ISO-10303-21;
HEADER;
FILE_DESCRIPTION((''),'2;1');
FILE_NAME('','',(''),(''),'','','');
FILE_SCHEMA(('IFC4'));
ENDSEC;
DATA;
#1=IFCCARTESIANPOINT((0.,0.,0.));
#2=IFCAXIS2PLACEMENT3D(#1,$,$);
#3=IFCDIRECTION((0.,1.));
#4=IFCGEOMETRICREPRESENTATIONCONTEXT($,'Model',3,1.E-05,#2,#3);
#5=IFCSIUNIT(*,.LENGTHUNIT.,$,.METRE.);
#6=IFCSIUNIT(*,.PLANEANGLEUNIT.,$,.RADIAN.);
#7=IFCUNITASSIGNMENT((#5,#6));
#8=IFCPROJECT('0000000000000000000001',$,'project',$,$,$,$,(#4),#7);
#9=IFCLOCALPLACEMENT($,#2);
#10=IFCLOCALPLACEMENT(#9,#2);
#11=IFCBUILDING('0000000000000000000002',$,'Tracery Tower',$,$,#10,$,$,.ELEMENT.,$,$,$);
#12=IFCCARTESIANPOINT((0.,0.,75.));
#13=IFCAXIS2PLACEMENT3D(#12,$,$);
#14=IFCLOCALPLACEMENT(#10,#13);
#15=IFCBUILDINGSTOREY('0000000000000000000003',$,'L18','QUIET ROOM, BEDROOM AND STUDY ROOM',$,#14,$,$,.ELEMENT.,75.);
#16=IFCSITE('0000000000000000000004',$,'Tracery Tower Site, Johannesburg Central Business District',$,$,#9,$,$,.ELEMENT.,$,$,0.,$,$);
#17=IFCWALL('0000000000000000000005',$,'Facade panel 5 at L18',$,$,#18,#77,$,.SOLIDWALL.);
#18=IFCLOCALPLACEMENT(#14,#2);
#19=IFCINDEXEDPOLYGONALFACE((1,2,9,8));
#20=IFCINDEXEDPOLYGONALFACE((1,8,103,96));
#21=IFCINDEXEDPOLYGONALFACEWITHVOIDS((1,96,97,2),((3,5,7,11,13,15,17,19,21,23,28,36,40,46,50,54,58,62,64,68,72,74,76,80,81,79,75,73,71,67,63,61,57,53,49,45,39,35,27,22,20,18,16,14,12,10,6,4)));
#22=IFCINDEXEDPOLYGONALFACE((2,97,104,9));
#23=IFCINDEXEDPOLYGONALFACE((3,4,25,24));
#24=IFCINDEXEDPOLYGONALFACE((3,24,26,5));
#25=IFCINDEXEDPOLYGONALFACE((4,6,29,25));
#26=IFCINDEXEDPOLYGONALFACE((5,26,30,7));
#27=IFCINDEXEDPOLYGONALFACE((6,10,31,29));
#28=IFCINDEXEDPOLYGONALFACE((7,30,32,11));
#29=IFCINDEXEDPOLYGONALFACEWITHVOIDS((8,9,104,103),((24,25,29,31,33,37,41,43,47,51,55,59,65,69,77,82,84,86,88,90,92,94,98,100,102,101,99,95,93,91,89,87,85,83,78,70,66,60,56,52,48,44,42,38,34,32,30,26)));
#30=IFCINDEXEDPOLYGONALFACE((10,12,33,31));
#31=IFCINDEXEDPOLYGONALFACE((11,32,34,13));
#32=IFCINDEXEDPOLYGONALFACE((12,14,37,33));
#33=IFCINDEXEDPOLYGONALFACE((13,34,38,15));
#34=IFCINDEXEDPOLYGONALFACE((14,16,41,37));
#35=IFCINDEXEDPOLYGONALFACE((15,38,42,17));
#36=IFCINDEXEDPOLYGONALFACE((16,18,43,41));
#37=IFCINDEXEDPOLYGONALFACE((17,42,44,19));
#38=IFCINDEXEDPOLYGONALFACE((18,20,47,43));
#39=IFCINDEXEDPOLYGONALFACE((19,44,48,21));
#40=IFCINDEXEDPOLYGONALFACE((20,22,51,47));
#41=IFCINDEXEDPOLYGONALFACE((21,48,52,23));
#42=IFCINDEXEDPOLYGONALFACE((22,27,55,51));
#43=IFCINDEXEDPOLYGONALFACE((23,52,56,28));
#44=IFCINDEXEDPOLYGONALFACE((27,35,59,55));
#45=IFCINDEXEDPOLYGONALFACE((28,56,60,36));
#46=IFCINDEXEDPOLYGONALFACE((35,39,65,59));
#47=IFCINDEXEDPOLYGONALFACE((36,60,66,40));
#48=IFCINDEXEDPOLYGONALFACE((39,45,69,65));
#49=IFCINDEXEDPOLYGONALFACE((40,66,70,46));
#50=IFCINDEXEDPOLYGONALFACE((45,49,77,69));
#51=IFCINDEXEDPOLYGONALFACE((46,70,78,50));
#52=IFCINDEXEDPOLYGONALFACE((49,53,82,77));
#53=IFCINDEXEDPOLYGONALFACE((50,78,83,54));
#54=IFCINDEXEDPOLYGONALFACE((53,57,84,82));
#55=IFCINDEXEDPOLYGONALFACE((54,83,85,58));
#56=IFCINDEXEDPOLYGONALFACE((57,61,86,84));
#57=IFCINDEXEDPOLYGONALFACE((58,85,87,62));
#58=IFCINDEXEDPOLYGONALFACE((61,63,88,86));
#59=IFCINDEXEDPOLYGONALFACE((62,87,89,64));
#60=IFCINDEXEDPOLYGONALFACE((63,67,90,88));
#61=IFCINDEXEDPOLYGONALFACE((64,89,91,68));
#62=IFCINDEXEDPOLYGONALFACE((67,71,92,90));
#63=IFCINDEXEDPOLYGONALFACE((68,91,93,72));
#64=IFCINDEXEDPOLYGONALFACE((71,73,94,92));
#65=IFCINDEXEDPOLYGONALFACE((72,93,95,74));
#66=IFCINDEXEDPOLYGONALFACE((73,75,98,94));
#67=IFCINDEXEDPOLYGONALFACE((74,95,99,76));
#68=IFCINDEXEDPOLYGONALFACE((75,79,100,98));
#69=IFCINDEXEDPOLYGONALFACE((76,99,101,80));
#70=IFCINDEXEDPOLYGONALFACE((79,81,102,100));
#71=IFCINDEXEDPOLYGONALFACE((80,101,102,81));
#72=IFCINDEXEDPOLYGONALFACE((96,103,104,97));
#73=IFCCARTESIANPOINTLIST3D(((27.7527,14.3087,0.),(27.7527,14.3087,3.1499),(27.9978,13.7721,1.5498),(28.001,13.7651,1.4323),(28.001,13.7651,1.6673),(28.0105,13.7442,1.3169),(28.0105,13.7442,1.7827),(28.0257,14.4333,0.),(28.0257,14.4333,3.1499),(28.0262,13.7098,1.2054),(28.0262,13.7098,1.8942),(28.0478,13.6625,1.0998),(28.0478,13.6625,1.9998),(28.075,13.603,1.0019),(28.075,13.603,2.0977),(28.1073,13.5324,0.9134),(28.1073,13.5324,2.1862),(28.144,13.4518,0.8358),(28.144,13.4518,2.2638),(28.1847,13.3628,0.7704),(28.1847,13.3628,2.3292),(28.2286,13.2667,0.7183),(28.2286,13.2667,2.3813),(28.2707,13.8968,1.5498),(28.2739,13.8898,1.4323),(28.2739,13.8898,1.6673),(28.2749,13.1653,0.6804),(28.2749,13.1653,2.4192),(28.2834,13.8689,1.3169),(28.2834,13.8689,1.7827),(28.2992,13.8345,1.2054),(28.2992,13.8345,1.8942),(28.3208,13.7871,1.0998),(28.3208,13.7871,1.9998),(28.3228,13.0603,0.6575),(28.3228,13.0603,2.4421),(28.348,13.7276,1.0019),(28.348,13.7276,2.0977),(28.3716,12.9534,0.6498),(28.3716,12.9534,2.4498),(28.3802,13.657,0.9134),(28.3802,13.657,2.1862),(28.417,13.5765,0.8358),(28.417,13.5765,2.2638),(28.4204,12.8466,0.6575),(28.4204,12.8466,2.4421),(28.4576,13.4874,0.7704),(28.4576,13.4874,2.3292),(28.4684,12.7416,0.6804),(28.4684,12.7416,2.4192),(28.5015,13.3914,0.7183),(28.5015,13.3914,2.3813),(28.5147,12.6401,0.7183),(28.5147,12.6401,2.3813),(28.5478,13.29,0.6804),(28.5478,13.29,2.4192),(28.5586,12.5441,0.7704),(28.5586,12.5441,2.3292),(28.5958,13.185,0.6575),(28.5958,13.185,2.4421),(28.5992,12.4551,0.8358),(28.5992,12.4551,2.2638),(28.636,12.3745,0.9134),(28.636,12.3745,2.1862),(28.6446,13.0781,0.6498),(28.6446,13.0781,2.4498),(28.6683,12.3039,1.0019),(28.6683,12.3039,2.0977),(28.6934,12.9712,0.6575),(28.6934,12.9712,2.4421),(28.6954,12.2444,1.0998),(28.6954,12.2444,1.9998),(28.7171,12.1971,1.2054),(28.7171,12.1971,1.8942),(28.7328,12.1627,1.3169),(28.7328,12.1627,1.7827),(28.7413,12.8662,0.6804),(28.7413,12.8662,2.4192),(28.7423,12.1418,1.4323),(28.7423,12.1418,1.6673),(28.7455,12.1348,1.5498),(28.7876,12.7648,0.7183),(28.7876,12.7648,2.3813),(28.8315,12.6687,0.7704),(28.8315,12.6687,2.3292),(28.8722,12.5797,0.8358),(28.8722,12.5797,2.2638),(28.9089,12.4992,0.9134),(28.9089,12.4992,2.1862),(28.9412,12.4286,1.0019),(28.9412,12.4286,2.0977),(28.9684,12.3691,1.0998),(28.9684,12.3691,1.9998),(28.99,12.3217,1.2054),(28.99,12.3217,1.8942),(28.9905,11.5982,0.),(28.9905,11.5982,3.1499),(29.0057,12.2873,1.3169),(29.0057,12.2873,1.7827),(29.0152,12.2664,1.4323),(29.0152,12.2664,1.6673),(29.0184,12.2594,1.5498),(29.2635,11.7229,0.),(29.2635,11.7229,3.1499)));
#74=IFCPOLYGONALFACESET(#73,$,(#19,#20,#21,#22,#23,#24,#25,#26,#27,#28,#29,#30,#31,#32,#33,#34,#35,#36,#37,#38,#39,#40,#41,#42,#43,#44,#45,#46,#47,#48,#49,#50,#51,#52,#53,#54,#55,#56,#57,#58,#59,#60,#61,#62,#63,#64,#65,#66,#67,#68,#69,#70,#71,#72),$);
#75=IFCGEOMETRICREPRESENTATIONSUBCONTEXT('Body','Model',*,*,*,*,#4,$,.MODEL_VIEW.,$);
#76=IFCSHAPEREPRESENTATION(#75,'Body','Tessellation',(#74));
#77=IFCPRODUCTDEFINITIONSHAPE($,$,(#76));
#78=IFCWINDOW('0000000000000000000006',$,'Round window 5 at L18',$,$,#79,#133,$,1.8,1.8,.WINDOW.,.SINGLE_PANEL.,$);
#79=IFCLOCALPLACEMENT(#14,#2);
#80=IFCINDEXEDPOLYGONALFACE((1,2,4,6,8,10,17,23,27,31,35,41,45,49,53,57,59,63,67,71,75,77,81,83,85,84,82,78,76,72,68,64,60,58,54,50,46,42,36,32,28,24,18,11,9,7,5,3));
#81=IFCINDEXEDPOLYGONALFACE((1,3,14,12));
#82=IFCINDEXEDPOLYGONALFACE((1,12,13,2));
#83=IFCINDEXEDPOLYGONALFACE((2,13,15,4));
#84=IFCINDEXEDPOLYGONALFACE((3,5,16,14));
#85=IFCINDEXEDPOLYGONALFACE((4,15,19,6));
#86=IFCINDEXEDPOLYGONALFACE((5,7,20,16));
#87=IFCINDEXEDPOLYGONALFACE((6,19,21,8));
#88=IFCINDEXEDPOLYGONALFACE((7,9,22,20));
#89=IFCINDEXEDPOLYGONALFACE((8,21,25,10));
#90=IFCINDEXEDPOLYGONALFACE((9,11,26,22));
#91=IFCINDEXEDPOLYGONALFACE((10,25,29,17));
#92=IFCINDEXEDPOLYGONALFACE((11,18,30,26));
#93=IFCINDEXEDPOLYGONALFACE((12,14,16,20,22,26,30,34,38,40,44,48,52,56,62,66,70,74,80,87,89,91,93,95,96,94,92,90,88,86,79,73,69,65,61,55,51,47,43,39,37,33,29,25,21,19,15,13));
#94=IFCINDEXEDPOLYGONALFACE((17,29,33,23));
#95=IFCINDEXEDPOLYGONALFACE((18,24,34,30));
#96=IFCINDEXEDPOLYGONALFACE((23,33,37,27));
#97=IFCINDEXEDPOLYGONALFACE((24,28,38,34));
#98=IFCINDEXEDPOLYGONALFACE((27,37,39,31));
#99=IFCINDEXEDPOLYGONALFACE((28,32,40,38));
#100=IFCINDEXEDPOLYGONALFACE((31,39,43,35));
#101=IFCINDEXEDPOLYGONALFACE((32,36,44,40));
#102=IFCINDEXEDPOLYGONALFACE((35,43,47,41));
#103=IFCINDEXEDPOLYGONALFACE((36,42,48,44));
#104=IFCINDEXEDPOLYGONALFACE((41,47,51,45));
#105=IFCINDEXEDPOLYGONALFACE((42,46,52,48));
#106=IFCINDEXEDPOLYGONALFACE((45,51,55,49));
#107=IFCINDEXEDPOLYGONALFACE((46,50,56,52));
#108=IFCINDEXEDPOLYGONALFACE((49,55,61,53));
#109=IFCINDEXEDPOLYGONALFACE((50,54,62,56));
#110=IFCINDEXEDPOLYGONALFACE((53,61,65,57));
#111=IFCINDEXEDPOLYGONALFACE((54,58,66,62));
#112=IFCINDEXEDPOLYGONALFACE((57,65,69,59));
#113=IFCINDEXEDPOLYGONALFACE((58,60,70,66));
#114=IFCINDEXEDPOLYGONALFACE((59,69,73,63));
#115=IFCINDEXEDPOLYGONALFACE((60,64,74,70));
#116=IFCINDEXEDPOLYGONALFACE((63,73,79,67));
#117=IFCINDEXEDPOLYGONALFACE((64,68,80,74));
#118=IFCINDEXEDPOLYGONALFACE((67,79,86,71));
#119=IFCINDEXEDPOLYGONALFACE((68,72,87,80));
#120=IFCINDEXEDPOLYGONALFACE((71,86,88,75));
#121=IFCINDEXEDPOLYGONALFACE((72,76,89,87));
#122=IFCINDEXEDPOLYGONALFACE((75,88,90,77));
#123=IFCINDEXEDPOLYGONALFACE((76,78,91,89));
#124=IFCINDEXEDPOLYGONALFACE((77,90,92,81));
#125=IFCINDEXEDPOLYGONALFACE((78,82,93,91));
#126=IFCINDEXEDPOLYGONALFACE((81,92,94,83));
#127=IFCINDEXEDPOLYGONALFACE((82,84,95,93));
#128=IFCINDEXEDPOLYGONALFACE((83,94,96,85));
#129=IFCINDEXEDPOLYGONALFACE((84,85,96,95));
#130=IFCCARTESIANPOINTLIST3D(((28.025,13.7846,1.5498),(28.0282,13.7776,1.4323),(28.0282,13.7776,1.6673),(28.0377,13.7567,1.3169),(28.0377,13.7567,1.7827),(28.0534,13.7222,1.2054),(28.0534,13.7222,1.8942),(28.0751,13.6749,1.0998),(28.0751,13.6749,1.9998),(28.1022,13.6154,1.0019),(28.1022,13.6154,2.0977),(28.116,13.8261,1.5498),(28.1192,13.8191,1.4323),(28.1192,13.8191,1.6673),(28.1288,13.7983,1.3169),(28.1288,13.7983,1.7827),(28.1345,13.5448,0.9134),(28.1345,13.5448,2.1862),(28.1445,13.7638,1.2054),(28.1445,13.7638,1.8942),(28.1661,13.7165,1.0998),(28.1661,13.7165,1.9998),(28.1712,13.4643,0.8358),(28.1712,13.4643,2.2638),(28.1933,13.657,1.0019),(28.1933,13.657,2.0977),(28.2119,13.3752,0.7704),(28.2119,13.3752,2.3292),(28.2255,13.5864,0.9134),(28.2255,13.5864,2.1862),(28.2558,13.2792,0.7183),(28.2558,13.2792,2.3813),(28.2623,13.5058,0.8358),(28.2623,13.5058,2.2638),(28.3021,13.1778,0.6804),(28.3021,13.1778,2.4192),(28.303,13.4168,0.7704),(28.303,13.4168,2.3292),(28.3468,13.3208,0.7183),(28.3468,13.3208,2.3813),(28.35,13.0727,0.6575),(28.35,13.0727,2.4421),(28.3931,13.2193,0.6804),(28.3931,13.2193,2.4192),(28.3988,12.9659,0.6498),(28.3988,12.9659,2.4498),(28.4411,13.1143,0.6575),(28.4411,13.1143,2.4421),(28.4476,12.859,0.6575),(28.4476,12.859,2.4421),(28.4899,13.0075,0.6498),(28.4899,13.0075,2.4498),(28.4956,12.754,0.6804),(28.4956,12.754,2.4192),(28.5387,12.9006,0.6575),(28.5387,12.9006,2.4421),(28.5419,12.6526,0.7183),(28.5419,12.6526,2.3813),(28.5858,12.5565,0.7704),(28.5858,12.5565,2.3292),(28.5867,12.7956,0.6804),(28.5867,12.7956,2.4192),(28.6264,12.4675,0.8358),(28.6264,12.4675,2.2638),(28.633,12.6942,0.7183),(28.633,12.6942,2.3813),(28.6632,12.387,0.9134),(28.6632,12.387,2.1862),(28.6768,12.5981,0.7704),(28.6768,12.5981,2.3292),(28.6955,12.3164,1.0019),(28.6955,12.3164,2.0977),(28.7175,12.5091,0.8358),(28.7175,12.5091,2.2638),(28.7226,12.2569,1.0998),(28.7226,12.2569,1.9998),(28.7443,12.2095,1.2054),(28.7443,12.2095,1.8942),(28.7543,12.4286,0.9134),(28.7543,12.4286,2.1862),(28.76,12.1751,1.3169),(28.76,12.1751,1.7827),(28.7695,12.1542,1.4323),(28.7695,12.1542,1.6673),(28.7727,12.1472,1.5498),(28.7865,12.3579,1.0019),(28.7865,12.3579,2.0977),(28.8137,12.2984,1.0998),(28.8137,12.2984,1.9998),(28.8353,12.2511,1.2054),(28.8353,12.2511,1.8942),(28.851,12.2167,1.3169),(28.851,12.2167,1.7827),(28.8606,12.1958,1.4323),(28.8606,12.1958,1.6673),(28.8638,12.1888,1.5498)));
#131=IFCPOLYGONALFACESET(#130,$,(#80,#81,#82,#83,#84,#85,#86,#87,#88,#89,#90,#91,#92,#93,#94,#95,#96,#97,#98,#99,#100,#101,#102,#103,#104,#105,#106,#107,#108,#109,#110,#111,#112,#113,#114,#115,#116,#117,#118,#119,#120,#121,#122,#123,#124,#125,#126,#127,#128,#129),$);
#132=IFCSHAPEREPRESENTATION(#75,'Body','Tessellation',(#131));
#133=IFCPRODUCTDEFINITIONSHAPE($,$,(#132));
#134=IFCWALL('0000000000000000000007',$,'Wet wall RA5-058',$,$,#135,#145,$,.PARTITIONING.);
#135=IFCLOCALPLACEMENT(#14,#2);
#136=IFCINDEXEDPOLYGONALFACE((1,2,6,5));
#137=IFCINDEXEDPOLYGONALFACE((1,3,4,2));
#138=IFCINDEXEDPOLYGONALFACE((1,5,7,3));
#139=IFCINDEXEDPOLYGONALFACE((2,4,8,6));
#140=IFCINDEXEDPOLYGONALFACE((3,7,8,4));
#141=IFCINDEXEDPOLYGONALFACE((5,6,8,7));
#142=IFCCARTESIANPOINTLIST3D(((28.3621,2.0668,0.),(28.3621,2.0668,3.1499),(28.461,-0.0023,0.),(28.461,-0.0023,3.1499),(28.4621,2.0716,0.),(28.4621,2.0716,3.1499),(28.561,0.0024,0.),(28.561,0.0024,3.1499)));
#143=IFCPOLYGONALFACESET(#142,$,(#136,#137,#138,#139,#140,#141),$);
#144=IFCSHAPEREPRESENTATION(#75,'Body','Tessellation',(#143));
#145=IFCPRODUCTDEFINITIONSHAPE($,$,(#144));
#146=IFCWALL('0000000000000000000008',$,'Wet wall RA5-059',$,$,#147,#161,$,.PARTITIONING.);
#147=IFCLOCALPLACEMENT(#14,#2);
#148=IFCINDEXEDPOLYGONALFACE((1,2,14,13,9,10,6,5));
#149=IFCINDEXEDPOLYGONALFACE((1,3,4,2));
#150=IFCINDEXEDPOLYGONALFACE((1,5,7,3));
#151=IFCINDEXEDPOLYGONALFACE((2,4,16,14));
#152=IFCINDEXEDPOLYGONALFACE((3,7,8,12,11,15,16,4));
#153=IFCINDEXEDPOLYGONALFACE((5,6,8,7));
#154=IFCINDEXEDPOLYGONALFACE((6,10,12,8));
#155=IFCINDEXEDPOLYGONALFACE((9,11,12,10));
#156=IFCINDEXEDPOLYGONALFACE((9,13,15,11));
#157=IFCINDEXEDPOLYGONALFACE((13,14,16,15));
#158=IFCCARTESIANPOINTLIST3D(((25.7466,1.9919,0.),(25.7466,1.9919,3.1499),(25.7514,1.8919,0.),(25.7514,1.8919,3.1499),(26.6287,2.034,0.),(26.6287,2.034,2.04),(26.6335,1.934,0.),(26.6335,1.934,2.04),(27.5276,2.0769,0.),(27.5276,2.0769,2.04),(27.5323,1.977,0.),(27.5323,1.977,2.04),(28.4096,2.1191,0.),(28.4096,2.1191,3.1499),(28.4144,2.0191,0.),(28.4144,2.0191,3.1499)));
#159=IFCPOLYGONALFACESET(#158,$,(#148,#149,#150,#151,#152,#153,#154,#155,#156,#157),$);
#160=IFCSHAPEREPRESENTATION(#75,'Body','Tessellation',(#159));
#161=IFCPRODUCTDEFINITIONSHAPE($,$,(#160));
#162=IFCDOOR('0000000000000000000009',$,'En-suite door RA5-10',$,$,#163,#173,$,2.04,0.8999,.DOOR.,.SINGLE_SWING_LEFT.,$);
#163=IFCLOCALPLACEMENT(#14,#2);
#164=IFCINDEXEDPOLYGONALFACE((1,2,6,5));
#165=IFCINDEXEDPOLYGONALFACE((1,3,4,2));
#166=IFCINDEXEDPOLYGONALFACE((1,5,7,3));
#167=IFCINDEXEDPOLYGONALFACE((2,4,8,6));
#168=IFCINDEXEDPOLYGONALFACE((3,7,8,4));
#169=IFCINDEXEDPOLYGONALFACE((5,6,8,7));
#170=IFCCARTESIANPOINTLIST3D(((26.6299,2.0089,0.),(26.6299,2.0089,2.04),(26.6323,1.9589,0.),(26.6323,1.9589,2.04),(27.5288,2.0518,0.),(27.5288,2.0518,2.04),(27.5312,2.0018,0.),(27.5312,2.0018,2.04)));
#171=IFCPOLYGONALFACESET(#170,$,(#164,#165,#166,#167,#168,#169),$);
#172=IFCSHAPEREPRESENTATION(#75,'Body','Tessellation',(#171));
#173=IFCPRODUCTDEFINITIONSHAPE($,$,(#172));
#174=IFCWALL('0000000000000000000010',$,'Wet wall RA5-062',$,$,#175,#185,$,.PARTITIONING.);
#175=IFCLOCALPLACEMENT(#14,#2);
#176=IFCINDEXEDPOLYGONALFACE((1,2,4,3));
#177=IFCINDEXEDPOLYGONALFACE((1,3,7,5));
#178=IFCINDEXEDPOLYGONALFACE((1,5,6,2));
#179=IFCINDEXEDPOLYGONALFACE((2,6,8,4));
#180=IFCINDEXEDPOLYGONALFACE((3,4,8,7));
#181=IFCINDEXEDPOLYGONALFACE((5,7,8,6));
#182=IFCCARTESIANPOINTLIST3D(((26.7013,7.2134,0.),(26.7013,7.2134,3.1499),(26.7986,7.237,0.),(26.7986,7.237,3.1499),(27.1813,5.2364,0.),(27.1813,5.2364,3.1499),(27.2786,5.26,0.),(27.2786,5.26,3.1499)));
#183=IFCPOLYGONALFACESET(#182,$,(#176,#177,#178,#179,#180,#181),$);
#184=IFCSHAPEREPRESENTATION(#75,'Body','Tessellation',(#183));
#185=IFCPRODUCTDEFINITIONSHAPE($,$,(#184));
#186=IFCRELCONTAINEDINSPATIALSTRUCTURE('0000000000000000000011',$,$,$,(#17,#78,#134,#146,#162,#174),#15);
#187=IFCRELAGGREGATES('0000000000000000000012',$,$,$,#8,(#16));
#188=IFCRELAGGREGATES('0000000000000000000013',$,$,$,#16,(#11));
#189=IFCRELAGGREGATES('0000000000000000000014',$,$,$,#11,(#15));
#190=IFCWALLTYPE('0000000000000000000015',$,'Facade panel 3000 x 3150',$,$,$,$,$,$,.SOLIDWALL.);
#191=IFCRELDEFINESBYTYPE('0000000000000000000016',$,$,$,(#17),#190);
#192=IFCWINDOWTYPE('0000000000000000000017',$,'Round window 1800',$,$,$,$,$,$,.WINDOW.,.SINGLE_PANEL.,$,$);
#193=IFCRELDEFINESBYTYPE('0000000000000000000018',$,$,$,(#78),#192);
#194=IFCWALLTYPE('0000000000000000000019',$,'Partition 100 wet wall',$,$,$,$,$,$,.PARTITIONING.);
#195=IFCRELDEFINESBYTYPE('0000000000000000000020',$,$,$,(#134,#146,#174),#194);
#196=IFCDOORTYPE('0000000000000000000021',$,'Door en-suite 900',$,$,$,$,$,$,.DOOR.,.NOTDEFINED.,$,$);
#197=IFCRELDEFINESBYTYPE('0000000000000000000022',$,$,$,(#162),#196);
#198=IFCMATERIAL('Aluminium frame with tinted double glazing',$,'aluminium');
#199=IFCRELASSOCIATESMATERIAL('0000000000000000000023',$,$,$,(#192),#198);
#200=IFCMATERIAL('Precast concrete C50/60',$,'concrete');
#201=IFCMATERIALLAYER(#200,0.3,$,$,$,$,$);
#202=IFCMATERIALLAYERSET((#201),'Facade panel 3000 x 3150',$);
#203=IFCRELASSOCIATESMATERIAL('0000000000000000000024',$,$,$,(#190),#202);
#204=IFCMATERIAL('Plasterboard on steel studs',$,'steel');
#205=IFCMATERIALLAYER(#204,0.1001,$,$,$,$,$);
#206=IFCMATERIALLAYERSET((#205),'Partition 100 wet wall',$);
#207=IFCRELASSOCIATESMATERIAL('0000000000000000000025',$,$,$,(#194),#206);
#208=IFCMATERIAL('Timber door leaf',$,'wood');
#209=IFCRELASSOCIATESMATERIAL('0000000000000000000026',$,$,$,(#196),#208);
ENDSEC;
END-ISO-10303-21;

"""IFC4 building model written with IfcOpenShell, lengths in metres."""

from ifc_helpers import new_model, si_unit, direction, frame, frame_2d, origin, origin_2d, place, context, subcontext, project, spatial, rectangle, circle, extrude, material, layer, layer_set, type_object, element, fill, save


model = new_model("IFC4")

# Units and contexts
model_context = context("Model", 3, precision=1e-05, world=origin(), true_north=direction((0.0, 1.0)))
body_context = subcontext(model_context, "Body", "Model", "MODEL_VIEW")
ifc_project = project(units=[si_unit("LENGTHUNIT", "METRE"), si_unit("PLANEANGLEUNIT", "RADIAN")], contexts=[model_context])

# Site, building, storey
site_placement = place(None, origin())
site = spatial("IfcSite", under=ifc_project, at=site_placement, Name="Tracery Tower Site, Johannesburg Central Business District", CompositionType="ELEMENT", RefElevation=0.0)
building_placement = place(site_placement, origin())
building = spatial("IfcBuilding", under=site, at=building_placement, Name="Tracery Tower", CompositionType="ELEMENT")
storey_placement = place(building_placement, frame((0.0, 0.0, 75.0)))
storey = spatial("IfcBuildingStorey", under=building, at=storey_placement, Name="L18", Description="QUIET ROOM, BEDROOM AND STUDY ROOM", CompositionType="ELEMENT", Elevation=75.0)

# Wall, opening, window
ifc_material_1 = material(Name="Aluminium frame with tinted double glazing", Category="aluminium")
window_type = type_object("IfcWindowType", Name="Round window 1800", PartitioningType="SINGLE_PANEL", PredefinedType="WINDOW", material=ifc_material_1)
ifc_material_2 = material(Name="Precast concrete C50/60", Category="concrete")
ifc_layer_1 = layer(ifc_material_2, 0.3)
ifc_layer_set_1 = layer_set([ifc_layer_1], Name="Facade panel 3000 x 3150")
wall_type_1 = type_object("IfcWallType", Name="Facade panel 3000 x 3150", PredefinedType="SOLIDWALL", material=ifc_layer_set_1)
wall_1_placement = place(storey_placement, frame((29.127, 11.6606, 0.0), z_axis=(0.0, 0.0, 1.0), x_axis=(-0.415407, 0.909636, 0.0)))
wall_1 = element("IfcWall", 1, at=wall_1_placement, inside=storey, type_object=wall_type_1, Name="Facade panel 5 at L18", PredefinedType="SOLIDWALL", context=body_context, shape_type="SweptSolid", body=[
    extrude(rectangle(XDim=2.9797, YDim=0.3, at=frame_2d((1.4897, 0.0))), origin(), (0.0, 0.0, 1.0), 3.1499),
])
opening_1_placement = place(wall_1_placement, frame((1.4897, 0.0, 1.5498)))
opening_1 = element("IfcOpeningElement", 2, at=opening_1_placement, cuts=wall_1, PredefinedType="OPENING", context=body_context, shape_type="SweptSolid", body=[
    extrude(circle(Radius=0.9, at=origin_2d()), frame((0.0, 0.1599, 0.0), z_axis=(0.0, -1.0, 0.0), x_axis=(1.0, 0.0, 0.0)), (0.0, 0.0, 1.0), 0.3201),
])
window_1_placement = place(opening_1_placement, origin())
window_1 = element("IfcWindow", 3, at=window_1_placement, inside=storey, type_object=window_type, Name="Round window 5 at L18", OverallHeight=1.8, OverallWidth=1.8, PartitioningType="SINGLE_PANEL", PredefinedType="WINDOW", context=body_context, shape_type="SweptSolid", body=[
    extrude(circle(Radius=0.9, at=origin_2d()), frame((0.0, 0.1201, 0.0), z_axis=(0.0, -1.0, 0.0), x_axis=(1.0, 0.0, 0.0)), (0.0, 0.0, 1.0), 0.1001),
])
fill(opening_1, window_1)

# Wall
ifc_material_3 = material(Name="Plasterboard on steel studs", Category="steel")
ifc_layer_2 = layer(ifc_material_3, 0.1001)
ifc_layer_set_2 = layer_set([ifc_layer_2], Name="Partition 100 wet wall")
wall_type_2 = type_object("IfcWallType", Name="Partition 100 wet wall", PredefinedType="PARTITIONING", material=ifc_layer_set_2)
wall_2_placement = place(storey_placement, frame((28.4121, 2.0691, 0.0), z_axis=(0.0, 0.0, 1.0), x_axis=(0.047733, -0.99886, 0.0)))
element("IfcWall", 4, at=wall_2_placement, inside=storey, type_object=wall_type_2, Name="Wet wall RA5-058", PredefinedType="PARTITIONING", context=body_context, shape_type="SweptSolid", body=[
    extrude(rectangle(XDim=2.0715, YDim=0.1001, at=frame_2d((1.0356, 0.0))), origin(), (0.0, 0.0, 1.0), 3.1499),
])

# Wall, opening, door
wall_3_placement = place(storey_placement, frame((25.749, 1.9419, 0.0), z_axis=(0.0, 0.0, 1.0), x_axis=(0.998861, 0.047709, 0.0)))
wall_3 = element("IfcWall", 5, at=wall_3_placement, inside=storey, type_object=wall_type_2, Name="Wet wall RA5-059", PredefinedType="PARTITIONING", context=body_context, shape_type="SweptSolid", body=[
    extrude(rectangle(XDim=2.666, YDim=0.1001, at=frame_2d((1.333, 0.0))), origin(), (0.0, 0.0, 1.0), 3.1499),
])
opening_2_placement = place(wall_3_placement, frame((0.8831, 0.0, 0.0)))
opening_2 = element("IfcOpeningElement", 6, at=opening_2_placement, cuts=wall_3, PredefinedType="OPENING", context=body_context, shape_type="SweptSolid", body=[
    extrude(rectangle(XDim=0.8999, YDim=2.04, at=frame_2d((0.45, 1.02))), frame((0.0, 0.05, 0.0), z_axis=(0.0, -1.0, 0.0), x_axis=(1.0, 0.0, 0.0)), (0.0, 0.0, 1.0), 0.1001),
])
ifc_material_4 = material(Name="Timber door leaf", Category="wood")
door_type = type_object("IfcDoorType", Name="Door en-suite 900", OperationType="NOTDEFINED", PredefinedType="DOOR", material=ifc_material_4)
door_1_placement = place(opening_2_placement, origin())
door_1 = element("IfcDoor", 7, at=door_1_placement, inside=storey, type_object=door_type, Name="En-suite door RA5-10", OperationType="SINGLE_SWING_LEFT", OverallHeight=2.04, OverallWidth=0.8999, PredefinedType="DOOR", context=body_context, shape_type="SweptSolid", body=[
    extrude(rectangle(XDim=0.8999, YDim=2.04, at=frame_2d((0.45, 1.02))), frame((0.0, 0.0249, 0.0), z_axis=(0.0, -1.0, 0.0), x_axis=(1.0, 0.0, 0.0)), (0.0, 0.0, 1.0), 0.05),
])
fill(opening_2, door_1)

# Wall
wall_4_placement = place(storey_placement, frame((26.75, 7.2251, 0.0), z_axis=(0.0, 0.0, 1.0), x_axis=(0.235923, -0.971772, 0.0)))
element("IfcWall", 8, at=wall_4_placement, inside=storey, type_object=wall_type_2, Name="Wet wall RA5-062", PredefinedType="PARTITIONING", context=body_context, shape_type="SweptSolid", body=[
    extrude(rectangle(XDim=2.0344, YDim=0.1001, at=frame_2d((1.0171, 0.0))), origin(), (0.0, 0.0, 1.0), 3.1499),
])

save(model, "model.ifc")
